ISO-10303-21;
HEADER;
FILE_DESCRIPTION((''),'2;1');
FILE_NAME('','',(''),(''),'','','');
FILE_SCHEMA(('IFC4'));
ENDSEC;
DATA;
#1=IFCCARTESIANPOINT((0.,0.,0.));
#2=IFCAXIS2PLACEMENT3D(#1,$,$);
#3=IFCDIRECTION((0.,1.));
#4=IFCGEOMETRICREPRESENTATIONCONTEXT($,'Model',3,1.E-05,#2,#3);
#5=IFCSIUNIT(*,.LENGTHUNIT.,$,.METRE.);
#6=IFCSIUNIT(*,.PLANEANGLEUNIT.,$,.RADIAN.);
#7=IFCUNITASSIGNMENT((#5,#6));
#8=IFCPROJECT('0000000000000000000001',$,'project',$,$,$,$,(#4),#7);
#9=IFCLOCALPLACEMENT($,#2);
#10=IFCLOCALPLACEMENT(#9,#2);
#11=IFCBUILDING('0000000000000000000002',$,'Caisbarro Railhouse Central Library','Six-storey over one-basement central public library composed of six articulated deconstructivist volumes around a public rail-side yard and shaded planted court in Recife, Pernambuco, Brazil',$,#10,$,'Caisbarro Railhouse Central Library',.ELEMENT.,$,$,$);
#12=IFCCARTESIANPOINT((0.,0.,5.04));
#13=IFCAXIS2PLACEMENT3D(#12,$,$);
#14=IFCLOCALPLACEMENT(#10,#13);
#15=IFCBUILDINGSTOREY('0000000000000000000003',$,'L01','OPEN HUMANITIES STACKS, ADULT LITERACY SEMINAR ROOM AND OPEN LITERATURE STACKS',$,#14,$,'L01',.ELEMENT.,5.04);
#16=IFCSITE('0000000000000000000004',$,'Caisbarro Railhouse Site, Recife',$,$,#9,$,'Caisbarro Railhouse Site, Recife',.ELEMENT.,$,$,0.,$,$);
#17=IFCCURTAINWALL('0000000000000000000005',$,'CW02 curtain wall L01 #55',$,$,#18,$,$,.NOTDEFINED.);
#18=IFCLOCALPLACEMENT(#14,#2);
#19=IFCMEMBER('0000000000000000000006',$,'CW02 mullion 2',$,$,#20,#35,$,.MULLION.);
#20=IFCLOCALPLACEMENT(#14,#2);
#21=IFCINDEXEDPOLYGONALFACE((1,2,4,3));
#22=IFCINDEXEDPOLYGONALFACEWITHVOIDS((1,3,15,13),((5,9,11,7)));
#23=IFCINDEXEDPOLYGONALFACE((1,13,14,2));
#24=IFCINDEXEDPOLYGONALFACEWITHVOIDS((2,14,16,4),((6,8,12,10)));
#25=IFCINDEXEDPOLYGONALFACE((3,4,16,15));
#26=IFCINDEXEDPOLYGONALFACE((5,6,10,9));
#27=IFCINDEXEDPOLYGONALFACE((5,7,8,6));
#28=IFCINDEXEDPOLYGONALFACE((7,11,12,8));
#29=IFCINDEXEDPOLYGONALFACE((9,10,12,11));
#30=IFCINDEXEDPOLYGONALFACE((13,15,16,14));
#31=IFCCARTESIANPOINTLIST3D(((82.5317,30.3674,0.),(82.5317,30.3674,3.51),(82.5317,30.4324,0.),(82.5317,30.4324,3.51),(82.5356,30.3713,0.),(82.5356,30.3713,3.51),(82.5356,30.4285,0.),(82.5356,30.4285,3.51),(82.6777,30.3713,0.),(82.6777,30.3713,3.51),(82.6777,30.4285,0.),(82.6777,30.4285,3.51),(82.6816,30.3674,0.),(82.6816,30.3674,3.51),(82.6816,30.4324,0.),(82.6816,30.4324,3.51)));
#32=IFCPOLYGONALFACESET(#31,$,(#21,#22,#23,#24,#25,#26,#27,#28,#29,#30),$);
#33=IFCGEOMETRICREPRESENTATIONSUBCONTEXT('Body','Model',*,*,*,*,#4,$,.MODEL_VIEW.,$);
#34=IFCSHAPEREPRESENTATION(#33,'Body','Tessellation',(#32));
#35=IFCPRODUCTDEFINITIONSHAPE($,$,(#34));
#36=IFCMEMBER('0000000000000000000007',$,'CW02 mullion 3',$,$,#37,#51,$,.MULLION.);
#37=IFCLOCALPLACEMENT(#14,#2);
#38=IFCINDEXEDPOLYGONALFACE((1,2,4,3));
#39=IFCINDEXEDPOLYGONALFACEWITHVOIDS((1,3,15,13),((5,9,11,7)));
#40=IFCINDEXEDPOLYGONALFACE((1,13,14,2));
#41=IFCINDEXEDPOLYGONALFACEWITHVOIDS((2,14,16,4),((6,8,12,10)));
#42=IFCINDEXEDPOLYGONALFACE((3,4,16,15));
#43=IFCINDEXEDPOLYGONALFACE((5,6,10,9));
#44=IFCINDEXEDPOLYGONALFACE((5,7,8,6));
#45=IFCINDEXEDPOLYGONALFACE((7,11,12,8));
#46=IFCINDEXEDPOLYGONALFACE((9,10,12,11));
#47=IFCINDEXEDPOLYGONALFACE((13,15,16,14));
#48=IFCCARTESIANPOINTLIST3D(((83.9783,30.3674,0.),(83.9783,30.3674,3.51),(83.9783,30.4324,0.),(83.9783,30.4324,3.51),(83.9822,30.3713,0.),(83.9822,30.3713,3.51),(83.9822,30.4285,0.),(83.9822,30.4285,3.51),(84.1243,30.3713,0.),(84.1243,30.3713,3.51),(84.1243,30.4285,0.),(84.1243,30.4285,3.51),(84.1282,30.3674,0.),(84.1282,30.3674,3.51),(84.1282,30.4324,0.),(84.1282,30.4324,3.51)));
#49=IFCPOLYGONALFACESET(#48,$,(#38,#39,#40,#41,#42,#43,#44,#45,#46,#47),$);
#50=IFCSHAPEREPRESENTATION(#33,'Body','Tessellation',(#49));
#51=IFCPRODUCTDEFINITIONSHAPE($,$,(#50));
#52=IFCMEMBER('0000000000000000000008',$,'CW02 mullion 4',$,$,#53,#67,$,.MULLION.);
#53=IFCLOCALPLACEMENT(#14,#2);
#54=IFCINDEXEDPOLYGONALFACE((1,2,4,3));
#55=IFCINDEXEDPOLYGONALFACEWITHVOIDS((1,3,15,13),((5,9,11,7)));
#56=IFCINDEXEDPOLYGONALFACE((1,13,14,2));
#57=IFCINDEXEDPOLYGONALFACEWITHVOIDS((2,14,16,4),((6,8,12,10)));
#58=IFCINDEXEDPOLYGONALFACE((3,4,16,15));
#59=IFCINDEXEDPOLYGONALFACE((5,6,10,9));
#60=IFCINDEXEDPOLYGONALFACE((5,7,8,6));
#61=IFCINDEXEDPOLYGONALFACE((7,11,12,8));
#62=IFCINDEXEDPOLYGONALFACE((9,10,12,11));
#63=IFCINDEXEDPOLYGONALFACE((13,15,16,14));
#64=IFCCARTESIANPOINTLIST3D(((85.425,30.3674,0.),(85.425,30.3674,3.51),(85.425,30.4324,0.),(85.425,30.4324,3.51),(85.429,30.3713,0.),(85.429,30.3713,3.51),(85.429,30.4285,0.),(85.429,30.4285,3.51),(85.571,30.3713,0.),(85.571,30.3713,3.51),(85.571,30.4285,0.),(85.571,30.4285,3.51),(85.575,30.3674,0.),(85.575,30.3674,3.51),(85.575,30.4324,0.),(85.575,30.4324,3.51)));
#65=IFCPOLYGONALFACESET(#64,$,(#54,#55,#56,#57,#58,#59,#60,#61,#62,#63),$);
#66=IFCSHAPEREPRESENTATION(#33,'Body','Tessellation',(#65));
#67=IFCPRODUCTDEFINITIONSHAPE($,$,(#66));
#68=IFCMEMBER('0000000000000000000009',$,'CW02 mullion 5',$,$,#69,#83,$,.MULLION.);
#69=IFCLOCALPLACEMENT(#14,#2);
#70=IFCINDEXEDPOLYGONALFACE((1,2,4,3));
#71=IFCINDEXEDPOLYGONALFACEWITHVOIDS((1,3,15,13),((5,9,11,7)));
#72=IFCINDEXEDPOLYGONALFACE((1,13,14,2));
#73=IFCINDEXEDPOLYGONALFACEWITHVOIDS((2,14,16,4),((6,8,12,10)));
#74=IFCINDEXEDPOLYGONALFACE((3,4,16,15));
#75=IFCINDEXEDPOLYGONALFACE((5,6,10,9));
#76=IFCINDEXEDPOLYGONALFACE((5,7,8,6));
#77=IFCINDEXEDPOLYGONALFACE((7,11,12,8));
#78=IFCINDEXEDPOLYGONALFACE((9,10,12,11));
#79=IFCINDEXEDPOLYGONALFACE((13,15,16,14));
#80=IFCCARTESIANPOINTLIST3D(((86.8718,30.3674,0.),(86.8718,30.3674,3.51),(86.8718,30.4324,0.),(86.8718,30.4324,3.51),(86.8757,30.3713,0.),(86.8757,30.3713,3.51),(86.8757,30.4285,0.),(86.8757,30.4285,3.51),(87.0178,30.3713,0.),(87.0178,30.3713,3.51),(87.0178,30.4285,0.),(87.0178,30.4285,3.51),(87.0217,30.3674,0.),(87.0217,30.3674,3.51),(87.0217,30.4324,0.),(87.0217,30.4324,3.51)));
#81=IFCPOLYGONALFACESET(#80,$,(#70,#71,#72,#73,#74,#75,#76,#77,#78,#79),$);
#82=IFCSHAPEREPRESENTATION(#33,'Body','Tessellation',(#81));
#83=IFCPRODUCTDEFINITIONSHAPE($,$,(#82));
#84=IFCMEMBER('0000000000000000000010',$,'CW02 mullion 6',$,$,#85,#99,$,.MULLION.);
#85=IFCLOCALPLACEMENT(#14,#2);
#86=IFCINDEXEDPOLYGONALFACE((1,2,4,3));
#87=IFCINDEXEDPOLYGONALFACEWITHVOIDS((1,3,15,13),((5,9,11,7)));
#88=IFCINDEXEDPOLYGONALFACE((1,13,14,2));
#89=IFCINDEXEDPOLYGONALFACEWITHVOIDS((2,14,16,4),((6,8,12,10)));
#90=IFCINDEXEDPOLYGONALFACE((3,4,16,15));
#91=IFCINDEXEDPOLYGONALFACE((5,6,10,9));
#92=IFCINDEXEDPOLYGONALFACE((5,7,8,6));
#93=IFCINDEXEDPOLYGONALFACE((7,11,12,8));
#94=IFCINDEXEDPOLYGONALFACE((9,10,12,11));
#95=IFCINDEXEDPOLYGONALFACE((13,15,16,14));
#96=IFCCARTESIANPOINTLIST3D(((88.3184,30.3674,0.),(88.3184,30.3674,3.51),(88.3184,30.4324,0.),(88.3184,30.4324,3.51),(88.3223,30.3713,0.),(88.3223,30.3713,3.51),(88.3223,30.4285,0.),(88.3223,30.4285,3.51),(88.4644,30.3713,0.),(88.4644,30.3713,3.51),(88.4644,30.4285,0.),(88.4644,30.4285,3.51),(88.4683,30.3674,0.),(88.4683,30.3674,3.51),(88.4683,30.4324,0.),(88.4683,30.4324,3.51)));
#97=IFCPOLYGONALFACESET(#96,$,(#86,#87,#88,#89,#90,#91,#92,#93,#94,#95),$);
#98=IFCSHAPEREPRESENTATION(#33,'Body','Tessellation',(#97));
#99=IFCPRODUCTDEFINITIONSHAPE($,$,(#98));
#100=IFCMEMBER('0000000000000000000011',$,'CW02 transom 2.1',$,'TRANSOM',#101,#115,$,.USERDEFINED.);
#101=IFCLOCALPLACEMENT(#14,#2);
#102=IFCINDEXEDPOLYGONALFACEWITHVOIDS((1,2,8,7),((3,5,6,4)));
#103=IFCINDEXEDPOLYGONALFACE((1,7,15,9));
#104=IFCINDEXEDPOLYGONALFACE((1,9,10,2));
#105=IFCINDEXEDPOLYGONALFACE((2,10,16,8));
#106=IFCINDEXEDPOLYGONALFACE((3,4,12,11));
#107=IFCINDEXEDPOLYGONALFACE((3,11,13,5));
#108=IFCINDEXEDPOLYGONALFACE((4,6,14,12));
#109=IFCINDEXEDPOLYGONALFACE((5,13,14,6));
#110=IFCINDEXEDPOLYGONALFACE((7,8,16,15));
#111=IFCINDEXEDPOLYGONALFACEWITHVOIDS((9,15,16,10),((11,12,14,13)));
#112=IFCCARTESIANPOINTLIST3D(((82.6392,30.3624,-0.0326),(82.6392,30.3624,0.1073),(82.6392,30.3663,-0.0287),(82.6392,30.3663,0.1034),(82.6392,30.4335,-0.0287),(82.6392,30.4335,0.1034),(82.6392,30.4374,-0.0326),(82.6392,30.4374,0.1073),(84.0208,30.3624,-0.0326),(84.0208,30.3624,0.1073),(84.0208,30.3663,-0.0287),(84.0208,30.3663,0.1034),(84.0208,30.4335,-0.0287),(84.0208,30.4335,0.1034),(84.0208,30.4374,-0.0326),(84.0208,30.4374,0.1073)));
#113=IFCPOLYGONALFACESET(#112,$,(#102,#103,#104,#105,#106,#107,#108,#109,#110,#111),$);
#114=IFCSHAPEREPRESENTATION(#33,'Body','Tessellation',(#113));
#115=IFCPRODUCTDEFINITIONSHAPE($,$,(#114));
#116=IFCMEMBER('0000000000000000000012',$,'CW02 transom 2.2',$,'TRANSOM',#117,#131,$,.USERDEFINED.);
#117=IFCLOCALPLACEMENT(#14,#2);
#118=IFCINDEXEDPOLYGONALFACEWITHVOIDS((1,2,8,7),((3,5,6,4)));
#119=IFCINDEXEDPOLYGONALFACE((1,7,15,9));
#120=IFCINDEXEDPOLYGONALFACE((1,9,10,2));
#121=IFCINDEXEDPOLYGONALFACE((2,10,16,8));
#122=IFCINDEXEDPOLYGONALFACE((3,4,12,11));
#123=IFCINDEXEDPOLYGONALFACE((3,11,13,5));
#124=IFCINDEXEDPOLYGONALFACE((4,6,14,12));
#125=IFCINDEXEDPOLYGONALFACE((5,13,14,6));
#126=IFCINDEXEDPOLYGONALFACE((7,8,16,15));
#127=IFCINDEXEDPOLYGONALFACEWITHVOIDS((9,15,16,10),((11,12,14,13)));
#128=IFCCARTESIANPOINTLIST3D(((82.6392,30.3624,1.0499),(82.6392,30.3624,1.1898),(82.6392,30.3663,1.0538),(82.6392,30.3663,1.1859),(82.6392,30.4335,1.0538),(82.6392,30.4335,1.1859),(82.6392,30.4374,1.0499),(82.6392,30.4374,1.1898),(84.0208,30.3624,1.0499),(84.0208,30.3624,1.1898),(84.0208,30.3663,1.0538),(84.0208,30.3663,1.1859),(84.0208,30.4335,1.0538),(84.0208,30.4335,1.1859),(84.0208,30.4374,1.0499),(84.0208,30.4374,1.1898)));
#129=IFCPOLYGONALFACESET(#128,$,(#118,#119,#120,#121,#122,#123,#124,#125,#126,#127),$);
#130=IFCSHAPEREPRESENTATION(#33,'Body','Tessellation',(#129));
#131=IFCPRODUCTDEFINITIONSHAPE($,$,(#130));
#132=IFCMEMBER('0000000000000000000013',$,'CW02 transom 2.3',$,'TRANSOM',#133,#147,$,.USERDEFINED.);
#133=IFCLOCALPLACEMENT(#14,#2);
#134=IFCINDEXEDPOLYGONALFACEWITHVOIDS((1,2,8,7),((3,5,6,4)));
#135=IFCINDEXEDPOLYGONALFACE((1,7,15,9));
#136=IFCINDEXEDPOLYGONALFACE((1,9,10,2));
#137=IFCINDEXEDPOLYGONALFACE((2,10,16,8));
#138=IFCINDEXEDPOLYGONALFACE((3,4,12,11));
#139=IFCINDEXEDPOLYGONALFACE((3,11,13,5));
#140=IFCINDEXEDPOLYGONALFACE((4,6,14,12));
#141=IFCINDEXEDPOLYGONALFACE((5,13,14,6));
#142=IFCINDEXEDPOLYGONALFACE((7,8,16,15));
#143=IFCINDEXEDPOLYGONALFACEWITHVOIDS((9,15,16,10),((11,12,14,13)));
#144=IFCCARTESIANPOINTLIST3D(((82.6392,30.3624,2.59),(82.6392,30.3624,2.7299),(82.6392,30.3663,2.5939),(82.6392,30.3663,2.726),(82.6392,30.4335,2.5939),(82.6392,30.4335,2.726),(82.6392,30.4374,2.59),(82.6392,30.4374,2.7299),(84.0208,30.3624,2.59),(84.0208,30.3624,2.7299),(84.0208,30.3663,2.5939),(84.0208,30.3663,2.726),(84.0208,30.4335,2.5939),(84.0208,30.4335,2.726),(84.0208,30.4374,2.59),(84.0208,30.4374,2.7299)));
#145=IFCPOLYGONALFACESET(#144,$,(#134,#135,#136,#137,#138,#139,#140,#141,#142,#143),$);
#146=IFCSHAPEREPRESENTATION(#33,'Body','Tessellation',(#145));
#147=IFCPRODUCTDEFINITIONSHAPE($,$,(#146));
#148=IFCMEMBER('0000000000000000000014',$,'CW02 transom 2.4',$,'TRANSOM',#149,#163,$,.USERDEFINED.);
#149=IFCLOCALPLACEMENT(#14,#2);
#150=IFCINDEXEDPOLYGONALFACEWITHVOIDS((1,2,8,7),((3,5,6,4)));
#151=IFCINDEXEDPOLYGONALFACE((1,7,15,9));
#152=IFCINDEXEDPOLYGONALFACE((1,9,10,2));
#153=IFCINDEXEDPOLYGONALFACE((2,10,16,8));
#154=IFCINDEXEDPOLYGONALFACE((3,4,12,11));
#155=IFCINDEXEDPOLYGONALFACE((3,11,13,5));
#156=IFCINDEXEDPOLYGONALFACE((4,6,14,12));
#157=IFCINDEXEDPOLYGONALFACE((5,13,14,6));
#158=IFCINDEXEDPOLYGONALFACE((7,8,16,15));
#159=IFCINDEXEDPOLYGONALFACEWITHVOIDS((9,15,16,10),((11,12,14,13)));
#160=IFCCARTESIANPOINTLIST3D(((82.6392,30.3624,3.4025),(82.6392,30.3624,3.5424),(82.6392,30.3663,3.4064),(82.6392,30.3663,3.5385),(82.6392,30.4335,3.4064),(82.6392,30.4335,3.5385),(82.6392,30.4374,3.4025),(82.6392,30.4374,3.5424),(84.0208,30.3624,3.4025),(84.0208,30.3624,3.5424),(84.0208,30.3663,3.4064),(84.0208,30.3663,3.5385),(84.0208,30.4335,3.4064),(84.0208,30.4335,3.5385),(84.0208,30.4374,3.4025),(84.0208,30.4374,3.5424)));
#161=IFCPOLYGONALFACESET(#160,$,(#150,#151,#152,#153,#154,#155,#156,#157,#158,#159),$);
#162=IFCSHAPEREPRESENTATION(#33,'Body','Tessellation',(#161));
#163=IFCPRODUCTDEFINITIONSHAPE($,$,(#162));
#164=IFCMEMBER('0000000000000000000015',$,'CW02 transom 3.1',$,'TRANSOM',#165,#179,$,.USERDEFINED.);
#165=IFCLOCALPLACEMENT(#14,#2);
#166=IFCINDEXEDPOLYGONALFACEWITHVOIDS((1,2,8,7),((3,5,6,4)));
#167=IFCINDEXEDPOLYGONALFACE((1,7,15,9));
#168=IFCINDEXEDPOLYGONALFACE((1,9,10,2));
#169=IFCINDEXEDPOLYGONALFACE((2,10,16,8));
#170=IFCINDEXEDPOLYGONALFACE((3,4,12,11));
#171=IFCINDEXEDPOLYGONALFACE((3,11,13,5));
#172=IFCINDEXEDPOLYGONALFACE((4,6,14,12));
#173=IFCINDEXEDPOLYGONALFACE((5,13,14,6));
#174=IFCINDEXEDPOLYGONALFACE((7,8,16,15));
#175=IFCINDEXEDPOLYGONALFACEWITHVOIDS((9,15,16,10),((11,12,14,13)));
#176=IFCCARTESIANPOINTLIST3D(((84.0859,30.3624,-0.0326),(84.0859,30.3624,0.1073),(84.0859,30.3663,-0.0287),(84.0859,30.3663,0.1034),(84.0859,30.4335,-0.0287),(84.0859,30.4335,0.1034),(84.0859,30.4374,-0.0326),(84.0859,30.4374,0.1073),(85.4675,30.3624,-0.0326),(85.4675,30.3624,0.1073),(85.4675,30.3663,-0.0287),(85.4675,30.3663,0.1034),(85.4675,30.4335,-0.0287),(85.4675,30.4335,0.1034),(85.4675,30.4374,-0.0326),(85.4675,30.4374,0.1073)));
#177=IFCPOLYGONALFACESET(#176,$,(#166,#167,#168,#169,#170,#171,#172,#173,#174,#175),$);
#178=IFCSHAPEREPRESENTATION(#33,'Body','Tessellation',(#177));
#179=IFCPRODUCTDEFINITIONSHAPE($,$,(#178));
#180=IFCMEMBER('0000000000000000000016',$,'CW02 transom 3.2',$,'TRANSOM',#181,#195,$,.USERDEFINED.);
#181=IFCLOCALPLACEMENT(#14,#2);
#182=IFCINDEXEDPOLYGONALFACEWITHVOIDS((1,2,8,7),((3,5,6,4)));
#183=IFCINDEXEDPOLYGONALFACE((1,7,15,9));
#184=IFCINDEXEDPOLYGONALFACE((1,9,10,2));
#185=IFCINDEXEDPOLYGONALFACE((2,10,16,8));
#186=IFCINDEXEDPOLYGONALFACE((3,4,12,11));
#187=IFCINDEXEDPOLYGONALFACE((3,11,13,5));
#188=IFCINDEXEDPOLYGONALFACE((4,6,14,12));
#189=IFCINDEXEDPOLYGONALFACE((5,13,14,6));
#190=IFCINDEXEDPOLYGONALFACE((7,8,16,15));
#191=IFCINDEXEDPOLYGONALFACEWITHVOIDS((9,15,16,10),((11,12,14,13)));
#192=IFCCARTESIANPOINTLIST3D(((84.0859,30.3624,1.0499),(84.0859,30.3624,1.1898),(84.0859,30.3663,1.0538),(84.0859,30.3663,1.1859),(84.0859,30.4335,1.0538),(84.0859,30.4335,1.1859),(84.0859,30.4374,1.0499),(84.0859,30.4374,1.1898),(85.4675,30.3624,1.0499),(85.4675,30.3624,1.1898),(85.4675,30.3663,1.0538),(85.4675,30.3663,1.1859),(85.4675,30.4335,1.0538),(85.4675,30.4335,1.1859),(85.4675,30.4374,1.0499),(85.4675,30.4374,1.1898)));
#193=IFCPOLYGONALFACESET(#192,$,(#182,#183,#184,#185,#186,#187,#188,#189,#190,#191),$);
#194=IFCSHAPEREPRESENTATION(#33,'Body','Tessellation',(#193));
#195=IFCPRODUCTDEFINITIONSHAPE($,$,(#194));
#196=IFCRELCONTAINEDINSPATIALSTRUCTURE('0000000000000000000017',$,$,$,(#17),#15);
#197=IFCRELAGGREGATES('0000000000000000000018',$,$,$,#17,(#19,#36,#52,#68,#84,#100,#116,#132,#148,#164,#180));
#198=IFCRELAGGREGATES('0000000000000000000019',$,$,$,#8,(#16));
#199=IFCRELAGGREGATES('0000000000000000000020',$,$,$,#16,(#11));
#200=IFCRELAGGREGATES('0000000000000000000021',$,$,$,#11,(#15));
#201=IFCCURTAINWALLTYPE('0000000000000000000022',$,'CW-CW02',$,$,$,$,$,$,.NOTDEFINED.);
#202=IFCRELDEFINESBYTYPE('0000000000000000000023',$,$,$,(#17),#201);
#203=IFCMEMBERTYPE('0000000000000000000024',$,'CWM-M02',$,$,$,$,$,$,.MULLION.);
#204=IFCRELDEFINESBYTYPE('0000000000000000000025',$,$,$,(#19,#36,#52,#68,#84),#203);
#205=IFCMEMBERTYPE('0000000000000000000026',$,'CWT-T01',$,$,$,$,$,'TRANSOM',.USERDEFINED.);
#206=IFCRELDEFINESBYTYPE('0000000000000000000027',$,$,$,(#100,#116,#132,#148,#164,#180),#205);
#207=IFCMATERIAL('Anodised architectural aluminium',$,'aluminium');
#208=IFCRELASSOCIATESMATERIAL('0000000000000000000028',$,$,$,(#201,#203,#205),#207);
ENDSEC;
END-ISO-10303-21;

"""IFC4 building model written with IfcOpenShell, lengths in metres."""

from ifc_helpers import new_model, si_unit, direction, frame, origin, origin_2d, place, context, subcontext, project, spatial, hollow_rectangle, extrude, material, material_profile, profile_set, type_object, element, aggregate, save


model = new_model("IFC4")

# Units and contexts
model_context = context("Model", 3, precision=1e-05, world=origin(), true_north=direction((0.0, 1.0)))
body_context = subcontext(model_context, "Body", "Model", "MODEL_VIEW")
ifc_project = project(units=[si_unit("LENGTHUNIT", "METRE"), si_unit("PLANEANGLEUNIT", "RADIAN")], contexts=[model_context])

# Site, building, storey
site_placement = place(None, origin())
site = spatial("IfcSite", under=ifc_project, at=site_placement, Name="Caisbarro Railhouse Site, Recife", LongName="Caisbarro Railhouse Site, Recife", CompositionType="ELEMENT", RefElevation=0.0)
building_placement = place(site_placement, origin())
building = spatial("IfcBuilding", under=site, at=building_placement, Name="Caisbarro Railhouse Central Library", Description="Six-storey over one-basement central public library composed of six articulated deconstructivist volumes around a public rail-side yard and shaded planted court in Recife, Pernambuco, Brazil", LongName="Caisbarro Railhouse Central Library", CompositionType="ELEMENT")
storey_placement = place(building_placement, frame((0.0, 0.0, 5.04)))
storey = spatial("IfcBuildingStorey", under=building, at=storey_placement, Name="L01", Description="OPEN HUMANITIES STACKS, ADULT LITERACY SEMINAR ROOM AND OPEN LITERATURE STACKS", LongName="L01", CompositionType="ELEMENT", Elevation=5.04)

# Curtain wall, members
ifc_material_1 = material(Name="Anodised architectural aluminium", Category="aluminium")
curtain_wall_type = type_object("IfcCurtainWallType", Name="CW-CW02", PredefinedType="NOTDEFINED", material=ifc_material_1)
curtain_wall_placement = place(storey_placement, origin())
curtain_wall = element("IfcCurtainWall", 1, at=curtain_wall_placement, inside=storey, type_object=curtain_wall_type, Name="CW02 curtain wall L01 #55", PredefinedType="NOTDEFINED")
ifc_material_profile_1 = material_profile(ifc_material_1, hollow_rectangle(XDim=0.0649, YDim=0.1499, WallThickness=0.0039, at=origin_2d()), Name="ALU-MUL-65X150")
ifc_profile_set_1 = profile_set([ifc_material_profile_1], Name="Anodised architectural aluminium")
member_type_1 = type_object("IfcMemberType", Name="CWM-M02", PredefinedType="MULLION", material=ifc_profile_set_1)
member_1_placement = place(storey_placement, frame((82.6067, 30.3999, 0.0), z_axis=(0.0, 0.0, 1.0), x_axis=(0.0, 1.0, 0.0)))
member_1 = element("IfcMember", 2, at=member_1_placement, type_object=member_type_1, Name="CW02 mullion 2", PredefinedType="MULLION", context=body_context, shape_type="SweptSolid", body=[
    extrude(hollow_rectangle(XDim=0.0649, YDim=0.1499, WallThickness=0.0039, at=origin_2d()), origin(), (0.0, 0.0, 1.0), 3.51),
])
member_2_placement = place(storey_placement, frame((84.0532, 30.3999, 0.0), z_axis=(0.0, 0.0, 1.0), x_axis=(0.0, 1.0, 0.0)))
member_2 = element("IfcMember", 3, at=member_2_placement, type_object=member_type_1, Name="CW02 mullion 3", PredefinedType="MULLION", context=body_context, shape_type="SweptSolid", body=[
    extrude(hollow_rectangle(XDim=0.0649, YDim=0.1499, WallThickness=0.0039, at=origin_2d()), origin(), (0.0, 0.0, 1.0), 3.51),
])
member_3_placement = place(storey_placement, frame((85.5, 30.3999, 0.0), z_axis=(0.0, 0.0, 1.0), x_axis=(0.0, 1.0, 0.0)))
member_3 = element("IfcMember", 4, at=member_3_placement, type_object=member_type_1, Name="CW02 mullion 4", PredefinedType="MULLION", context=body_context, shape_type="SweptSolid", body=[
    extrude(hollow_rectangle(XDim=0.0649, YDim=0.1499, WallThickness=0.0039, at=origin_2d()), origin(), (0.0, 0.0, 1.0), 3.51),
])
member_4_placement = place(storey_placement, frame((86.9468, 30.3999, 0.0), z_axis=(0.0, 0.0, 1.0), x_axis=(0.0, 1.0, 0.0)))
member_4 = element("IfcMember", 5, at=member_4_placement, type_object=member_type_1, Name="CW02 mullion 5", PredefinedType="MULLION", context=body_context, shape_type="SweptSolid", body=[
    extrude(hollow_rectangle(XDim=0.0649, YDim=0.1499, WallThickness=0.0039, at=origin_2d()), origin(), (0.0, 0.0, 1.0), 3.51),
])
member_5_placement = place(storey_placement, frame((88.3933, 30.3999, 0.0), z_axis=(0.0, 0.0, 1.0), x_axis=(0.0, 1.0, 0.0)))
member_5 = element("IfcMember", 6, at=member_5_placement, type_object=member_type_1, Name="CW02 mullion 6", PredefinedType="MULLION", context=body_context, shape_type="SweptSolid", body=[
    extrude(hollow_rectangle(XDim=0.0649, YDim=0.1499, WallThickness=0.0039, at=origin_2d()), origin(), (0.0, 0.0, 1.0), 3.51),
])
ifc_material_profile_2 = material_profile(ifc_material_1, hollow_rectangle(XDim=0.075, YDim=0.1399, WallThickness=0.0039, at=origin_2d()), Name="ALU-TRN-75X140")
ifc_profile_set_2 = profile_set([ifc_material_profile_2], Name="Anodised architectural aluminium")
member_type_2 = type_object("IfcMemberType", Name="CWT-T01", ElementType="TRANSOM", PredefinedType="USERDEFINED", material=ifc_profile_set_2)
member_6_placement = place(storey_placement, frame((82.6392, 30.3999, 0.0374), z_axis=(1.0, 0.0, 0.0), x_axis=(0.0, 1.0, 0.0)))
member_6 = element("IfcMember", 7, at=member_6_placement, type_object=member_type_2, Name="CW02 transom 2.1", ObjectType="TRANSOM", PredefinedType="USERDEFINED", context=body_context, shape_type="SweptSolid", body=[
    extrude(hollow_rectangle(XDim=0.075, YDim=0.1399, WallThickness=0.0039, at=origin_2d()), origin(), (0.0, 0.0, 1.0), 1.3816),
])
member_7_placement = place(storey_placement, frame((82.6392, 30.3999, 1.1199), z_axis=(1.0, 0.0, 0.0), x_axis=(0.0, 1.0, 0.0)))
member_7 = element("IfcMember", 8, at=member_7_placement, type_object=member_type_2, Name="CW02 transom 2.2", ObjectType="TRANSOM", PredefinedType="USERDEFINED", context=body_context, shape_type="SweptSolid", body=[
    extrude(hollow_rectangle(XDim=0.075, YDim=0.1399, WallThickness=0.0039, at=origin_2d()), origin(), (0.0, 0.0, 1.0), 1.3816),
])
member_8_placement = place(storey_placement, frame((82.6392, 30.3999, 2.6599), z_axis=(1.0, 0.0, 0.0), x_axis=(0.0, 1.0, 0.0)))
member_8 = element("IfcMember", 9, at=member_8_placement, type_object=member_type_2, Name="CW02 transom 2.3", ObjectType="TRANSOM", PredefinedType="USERDEFINED", context=body_context, shape_type="SweptSolid", body=[
    extrude(hollow_rectangle(XDim=0.075, YDim=0.1399, WallThickness=0.0039, at=origin_2d()), origin(), (0.0, 0.0, 1.0), 1.3816),
])
member_9_placement = place(storey_placement, frame((82.6392, 30.3999, 3.4724), z_axis=(1.0, 0.0, 0.0), x_axis=(0.0, 1.0, 0.0)))
member_9 = element("IfcMember", 10, at=member_9_placement, type_object=member_type_2, Name="CW02 transom 2.4", ObjectType="TRANSOM", PredefinedType="USERDEFINED", context=body_context, shape_type="SweptSolid", body=[
    extrude(hollow_rectangle(XDim=0.075, YDim=0.1399, WallThickness=0.0039, at=origin_2d()), origin(), (0.0, 0.0, 1.0), 1.3816),
])
member_10_placement = place(storey_placement, frame((84.0859, 30.3999, 0.0374), z_axis=(1.0, 0.0, 0.0), x_axis=(0.0, 1.0, 0.0)))
member_10 = element("IfcMember", 11, at=member_10_placement, type_object=member_type_2, Name="CW02 transom 3.1", ObjectType="TRANSOM", PredefinedType="USERDEFINED", context=body_context, shape_type="SweptSolid", body=[
    extrude(hollow_rectangle(XDim=0.075, YDim=0.1399, WallThickness=0.0039, at=origin_2d()), origin(), (0.0, 0.0, 1.0), 1.3816),
])
member_11_placement = place(storey_placement, frame((84.0859, 30.3999, 1.1199), z_axis=(1.0, 0.0, 0.0), x_axis=(0.0, 1.0, 0.0)))
member_11 = element("IfcMember", 12, at=member_11_placement, type_object=member_type_2, Name="CW02 transom 3.2", ObjectType="TRANSOM", PredefinedType="USERDEFINED", context=body_context, shape_type="SweptSolid", body=[
    extrude(hollow_rectangle(XDim=0.075, YDim=0.1399, WallThickness=0.0039, at=origin_2d()), origin(), (0.0, 0.0, 1.0), 1.3816),
])
aggregate(curtain_wall, [member_1, member_2, member_3, member_4, member_5, member_6, member_7, member_8, member_9, member_10, member_11])

save(model, "model.ifc")
